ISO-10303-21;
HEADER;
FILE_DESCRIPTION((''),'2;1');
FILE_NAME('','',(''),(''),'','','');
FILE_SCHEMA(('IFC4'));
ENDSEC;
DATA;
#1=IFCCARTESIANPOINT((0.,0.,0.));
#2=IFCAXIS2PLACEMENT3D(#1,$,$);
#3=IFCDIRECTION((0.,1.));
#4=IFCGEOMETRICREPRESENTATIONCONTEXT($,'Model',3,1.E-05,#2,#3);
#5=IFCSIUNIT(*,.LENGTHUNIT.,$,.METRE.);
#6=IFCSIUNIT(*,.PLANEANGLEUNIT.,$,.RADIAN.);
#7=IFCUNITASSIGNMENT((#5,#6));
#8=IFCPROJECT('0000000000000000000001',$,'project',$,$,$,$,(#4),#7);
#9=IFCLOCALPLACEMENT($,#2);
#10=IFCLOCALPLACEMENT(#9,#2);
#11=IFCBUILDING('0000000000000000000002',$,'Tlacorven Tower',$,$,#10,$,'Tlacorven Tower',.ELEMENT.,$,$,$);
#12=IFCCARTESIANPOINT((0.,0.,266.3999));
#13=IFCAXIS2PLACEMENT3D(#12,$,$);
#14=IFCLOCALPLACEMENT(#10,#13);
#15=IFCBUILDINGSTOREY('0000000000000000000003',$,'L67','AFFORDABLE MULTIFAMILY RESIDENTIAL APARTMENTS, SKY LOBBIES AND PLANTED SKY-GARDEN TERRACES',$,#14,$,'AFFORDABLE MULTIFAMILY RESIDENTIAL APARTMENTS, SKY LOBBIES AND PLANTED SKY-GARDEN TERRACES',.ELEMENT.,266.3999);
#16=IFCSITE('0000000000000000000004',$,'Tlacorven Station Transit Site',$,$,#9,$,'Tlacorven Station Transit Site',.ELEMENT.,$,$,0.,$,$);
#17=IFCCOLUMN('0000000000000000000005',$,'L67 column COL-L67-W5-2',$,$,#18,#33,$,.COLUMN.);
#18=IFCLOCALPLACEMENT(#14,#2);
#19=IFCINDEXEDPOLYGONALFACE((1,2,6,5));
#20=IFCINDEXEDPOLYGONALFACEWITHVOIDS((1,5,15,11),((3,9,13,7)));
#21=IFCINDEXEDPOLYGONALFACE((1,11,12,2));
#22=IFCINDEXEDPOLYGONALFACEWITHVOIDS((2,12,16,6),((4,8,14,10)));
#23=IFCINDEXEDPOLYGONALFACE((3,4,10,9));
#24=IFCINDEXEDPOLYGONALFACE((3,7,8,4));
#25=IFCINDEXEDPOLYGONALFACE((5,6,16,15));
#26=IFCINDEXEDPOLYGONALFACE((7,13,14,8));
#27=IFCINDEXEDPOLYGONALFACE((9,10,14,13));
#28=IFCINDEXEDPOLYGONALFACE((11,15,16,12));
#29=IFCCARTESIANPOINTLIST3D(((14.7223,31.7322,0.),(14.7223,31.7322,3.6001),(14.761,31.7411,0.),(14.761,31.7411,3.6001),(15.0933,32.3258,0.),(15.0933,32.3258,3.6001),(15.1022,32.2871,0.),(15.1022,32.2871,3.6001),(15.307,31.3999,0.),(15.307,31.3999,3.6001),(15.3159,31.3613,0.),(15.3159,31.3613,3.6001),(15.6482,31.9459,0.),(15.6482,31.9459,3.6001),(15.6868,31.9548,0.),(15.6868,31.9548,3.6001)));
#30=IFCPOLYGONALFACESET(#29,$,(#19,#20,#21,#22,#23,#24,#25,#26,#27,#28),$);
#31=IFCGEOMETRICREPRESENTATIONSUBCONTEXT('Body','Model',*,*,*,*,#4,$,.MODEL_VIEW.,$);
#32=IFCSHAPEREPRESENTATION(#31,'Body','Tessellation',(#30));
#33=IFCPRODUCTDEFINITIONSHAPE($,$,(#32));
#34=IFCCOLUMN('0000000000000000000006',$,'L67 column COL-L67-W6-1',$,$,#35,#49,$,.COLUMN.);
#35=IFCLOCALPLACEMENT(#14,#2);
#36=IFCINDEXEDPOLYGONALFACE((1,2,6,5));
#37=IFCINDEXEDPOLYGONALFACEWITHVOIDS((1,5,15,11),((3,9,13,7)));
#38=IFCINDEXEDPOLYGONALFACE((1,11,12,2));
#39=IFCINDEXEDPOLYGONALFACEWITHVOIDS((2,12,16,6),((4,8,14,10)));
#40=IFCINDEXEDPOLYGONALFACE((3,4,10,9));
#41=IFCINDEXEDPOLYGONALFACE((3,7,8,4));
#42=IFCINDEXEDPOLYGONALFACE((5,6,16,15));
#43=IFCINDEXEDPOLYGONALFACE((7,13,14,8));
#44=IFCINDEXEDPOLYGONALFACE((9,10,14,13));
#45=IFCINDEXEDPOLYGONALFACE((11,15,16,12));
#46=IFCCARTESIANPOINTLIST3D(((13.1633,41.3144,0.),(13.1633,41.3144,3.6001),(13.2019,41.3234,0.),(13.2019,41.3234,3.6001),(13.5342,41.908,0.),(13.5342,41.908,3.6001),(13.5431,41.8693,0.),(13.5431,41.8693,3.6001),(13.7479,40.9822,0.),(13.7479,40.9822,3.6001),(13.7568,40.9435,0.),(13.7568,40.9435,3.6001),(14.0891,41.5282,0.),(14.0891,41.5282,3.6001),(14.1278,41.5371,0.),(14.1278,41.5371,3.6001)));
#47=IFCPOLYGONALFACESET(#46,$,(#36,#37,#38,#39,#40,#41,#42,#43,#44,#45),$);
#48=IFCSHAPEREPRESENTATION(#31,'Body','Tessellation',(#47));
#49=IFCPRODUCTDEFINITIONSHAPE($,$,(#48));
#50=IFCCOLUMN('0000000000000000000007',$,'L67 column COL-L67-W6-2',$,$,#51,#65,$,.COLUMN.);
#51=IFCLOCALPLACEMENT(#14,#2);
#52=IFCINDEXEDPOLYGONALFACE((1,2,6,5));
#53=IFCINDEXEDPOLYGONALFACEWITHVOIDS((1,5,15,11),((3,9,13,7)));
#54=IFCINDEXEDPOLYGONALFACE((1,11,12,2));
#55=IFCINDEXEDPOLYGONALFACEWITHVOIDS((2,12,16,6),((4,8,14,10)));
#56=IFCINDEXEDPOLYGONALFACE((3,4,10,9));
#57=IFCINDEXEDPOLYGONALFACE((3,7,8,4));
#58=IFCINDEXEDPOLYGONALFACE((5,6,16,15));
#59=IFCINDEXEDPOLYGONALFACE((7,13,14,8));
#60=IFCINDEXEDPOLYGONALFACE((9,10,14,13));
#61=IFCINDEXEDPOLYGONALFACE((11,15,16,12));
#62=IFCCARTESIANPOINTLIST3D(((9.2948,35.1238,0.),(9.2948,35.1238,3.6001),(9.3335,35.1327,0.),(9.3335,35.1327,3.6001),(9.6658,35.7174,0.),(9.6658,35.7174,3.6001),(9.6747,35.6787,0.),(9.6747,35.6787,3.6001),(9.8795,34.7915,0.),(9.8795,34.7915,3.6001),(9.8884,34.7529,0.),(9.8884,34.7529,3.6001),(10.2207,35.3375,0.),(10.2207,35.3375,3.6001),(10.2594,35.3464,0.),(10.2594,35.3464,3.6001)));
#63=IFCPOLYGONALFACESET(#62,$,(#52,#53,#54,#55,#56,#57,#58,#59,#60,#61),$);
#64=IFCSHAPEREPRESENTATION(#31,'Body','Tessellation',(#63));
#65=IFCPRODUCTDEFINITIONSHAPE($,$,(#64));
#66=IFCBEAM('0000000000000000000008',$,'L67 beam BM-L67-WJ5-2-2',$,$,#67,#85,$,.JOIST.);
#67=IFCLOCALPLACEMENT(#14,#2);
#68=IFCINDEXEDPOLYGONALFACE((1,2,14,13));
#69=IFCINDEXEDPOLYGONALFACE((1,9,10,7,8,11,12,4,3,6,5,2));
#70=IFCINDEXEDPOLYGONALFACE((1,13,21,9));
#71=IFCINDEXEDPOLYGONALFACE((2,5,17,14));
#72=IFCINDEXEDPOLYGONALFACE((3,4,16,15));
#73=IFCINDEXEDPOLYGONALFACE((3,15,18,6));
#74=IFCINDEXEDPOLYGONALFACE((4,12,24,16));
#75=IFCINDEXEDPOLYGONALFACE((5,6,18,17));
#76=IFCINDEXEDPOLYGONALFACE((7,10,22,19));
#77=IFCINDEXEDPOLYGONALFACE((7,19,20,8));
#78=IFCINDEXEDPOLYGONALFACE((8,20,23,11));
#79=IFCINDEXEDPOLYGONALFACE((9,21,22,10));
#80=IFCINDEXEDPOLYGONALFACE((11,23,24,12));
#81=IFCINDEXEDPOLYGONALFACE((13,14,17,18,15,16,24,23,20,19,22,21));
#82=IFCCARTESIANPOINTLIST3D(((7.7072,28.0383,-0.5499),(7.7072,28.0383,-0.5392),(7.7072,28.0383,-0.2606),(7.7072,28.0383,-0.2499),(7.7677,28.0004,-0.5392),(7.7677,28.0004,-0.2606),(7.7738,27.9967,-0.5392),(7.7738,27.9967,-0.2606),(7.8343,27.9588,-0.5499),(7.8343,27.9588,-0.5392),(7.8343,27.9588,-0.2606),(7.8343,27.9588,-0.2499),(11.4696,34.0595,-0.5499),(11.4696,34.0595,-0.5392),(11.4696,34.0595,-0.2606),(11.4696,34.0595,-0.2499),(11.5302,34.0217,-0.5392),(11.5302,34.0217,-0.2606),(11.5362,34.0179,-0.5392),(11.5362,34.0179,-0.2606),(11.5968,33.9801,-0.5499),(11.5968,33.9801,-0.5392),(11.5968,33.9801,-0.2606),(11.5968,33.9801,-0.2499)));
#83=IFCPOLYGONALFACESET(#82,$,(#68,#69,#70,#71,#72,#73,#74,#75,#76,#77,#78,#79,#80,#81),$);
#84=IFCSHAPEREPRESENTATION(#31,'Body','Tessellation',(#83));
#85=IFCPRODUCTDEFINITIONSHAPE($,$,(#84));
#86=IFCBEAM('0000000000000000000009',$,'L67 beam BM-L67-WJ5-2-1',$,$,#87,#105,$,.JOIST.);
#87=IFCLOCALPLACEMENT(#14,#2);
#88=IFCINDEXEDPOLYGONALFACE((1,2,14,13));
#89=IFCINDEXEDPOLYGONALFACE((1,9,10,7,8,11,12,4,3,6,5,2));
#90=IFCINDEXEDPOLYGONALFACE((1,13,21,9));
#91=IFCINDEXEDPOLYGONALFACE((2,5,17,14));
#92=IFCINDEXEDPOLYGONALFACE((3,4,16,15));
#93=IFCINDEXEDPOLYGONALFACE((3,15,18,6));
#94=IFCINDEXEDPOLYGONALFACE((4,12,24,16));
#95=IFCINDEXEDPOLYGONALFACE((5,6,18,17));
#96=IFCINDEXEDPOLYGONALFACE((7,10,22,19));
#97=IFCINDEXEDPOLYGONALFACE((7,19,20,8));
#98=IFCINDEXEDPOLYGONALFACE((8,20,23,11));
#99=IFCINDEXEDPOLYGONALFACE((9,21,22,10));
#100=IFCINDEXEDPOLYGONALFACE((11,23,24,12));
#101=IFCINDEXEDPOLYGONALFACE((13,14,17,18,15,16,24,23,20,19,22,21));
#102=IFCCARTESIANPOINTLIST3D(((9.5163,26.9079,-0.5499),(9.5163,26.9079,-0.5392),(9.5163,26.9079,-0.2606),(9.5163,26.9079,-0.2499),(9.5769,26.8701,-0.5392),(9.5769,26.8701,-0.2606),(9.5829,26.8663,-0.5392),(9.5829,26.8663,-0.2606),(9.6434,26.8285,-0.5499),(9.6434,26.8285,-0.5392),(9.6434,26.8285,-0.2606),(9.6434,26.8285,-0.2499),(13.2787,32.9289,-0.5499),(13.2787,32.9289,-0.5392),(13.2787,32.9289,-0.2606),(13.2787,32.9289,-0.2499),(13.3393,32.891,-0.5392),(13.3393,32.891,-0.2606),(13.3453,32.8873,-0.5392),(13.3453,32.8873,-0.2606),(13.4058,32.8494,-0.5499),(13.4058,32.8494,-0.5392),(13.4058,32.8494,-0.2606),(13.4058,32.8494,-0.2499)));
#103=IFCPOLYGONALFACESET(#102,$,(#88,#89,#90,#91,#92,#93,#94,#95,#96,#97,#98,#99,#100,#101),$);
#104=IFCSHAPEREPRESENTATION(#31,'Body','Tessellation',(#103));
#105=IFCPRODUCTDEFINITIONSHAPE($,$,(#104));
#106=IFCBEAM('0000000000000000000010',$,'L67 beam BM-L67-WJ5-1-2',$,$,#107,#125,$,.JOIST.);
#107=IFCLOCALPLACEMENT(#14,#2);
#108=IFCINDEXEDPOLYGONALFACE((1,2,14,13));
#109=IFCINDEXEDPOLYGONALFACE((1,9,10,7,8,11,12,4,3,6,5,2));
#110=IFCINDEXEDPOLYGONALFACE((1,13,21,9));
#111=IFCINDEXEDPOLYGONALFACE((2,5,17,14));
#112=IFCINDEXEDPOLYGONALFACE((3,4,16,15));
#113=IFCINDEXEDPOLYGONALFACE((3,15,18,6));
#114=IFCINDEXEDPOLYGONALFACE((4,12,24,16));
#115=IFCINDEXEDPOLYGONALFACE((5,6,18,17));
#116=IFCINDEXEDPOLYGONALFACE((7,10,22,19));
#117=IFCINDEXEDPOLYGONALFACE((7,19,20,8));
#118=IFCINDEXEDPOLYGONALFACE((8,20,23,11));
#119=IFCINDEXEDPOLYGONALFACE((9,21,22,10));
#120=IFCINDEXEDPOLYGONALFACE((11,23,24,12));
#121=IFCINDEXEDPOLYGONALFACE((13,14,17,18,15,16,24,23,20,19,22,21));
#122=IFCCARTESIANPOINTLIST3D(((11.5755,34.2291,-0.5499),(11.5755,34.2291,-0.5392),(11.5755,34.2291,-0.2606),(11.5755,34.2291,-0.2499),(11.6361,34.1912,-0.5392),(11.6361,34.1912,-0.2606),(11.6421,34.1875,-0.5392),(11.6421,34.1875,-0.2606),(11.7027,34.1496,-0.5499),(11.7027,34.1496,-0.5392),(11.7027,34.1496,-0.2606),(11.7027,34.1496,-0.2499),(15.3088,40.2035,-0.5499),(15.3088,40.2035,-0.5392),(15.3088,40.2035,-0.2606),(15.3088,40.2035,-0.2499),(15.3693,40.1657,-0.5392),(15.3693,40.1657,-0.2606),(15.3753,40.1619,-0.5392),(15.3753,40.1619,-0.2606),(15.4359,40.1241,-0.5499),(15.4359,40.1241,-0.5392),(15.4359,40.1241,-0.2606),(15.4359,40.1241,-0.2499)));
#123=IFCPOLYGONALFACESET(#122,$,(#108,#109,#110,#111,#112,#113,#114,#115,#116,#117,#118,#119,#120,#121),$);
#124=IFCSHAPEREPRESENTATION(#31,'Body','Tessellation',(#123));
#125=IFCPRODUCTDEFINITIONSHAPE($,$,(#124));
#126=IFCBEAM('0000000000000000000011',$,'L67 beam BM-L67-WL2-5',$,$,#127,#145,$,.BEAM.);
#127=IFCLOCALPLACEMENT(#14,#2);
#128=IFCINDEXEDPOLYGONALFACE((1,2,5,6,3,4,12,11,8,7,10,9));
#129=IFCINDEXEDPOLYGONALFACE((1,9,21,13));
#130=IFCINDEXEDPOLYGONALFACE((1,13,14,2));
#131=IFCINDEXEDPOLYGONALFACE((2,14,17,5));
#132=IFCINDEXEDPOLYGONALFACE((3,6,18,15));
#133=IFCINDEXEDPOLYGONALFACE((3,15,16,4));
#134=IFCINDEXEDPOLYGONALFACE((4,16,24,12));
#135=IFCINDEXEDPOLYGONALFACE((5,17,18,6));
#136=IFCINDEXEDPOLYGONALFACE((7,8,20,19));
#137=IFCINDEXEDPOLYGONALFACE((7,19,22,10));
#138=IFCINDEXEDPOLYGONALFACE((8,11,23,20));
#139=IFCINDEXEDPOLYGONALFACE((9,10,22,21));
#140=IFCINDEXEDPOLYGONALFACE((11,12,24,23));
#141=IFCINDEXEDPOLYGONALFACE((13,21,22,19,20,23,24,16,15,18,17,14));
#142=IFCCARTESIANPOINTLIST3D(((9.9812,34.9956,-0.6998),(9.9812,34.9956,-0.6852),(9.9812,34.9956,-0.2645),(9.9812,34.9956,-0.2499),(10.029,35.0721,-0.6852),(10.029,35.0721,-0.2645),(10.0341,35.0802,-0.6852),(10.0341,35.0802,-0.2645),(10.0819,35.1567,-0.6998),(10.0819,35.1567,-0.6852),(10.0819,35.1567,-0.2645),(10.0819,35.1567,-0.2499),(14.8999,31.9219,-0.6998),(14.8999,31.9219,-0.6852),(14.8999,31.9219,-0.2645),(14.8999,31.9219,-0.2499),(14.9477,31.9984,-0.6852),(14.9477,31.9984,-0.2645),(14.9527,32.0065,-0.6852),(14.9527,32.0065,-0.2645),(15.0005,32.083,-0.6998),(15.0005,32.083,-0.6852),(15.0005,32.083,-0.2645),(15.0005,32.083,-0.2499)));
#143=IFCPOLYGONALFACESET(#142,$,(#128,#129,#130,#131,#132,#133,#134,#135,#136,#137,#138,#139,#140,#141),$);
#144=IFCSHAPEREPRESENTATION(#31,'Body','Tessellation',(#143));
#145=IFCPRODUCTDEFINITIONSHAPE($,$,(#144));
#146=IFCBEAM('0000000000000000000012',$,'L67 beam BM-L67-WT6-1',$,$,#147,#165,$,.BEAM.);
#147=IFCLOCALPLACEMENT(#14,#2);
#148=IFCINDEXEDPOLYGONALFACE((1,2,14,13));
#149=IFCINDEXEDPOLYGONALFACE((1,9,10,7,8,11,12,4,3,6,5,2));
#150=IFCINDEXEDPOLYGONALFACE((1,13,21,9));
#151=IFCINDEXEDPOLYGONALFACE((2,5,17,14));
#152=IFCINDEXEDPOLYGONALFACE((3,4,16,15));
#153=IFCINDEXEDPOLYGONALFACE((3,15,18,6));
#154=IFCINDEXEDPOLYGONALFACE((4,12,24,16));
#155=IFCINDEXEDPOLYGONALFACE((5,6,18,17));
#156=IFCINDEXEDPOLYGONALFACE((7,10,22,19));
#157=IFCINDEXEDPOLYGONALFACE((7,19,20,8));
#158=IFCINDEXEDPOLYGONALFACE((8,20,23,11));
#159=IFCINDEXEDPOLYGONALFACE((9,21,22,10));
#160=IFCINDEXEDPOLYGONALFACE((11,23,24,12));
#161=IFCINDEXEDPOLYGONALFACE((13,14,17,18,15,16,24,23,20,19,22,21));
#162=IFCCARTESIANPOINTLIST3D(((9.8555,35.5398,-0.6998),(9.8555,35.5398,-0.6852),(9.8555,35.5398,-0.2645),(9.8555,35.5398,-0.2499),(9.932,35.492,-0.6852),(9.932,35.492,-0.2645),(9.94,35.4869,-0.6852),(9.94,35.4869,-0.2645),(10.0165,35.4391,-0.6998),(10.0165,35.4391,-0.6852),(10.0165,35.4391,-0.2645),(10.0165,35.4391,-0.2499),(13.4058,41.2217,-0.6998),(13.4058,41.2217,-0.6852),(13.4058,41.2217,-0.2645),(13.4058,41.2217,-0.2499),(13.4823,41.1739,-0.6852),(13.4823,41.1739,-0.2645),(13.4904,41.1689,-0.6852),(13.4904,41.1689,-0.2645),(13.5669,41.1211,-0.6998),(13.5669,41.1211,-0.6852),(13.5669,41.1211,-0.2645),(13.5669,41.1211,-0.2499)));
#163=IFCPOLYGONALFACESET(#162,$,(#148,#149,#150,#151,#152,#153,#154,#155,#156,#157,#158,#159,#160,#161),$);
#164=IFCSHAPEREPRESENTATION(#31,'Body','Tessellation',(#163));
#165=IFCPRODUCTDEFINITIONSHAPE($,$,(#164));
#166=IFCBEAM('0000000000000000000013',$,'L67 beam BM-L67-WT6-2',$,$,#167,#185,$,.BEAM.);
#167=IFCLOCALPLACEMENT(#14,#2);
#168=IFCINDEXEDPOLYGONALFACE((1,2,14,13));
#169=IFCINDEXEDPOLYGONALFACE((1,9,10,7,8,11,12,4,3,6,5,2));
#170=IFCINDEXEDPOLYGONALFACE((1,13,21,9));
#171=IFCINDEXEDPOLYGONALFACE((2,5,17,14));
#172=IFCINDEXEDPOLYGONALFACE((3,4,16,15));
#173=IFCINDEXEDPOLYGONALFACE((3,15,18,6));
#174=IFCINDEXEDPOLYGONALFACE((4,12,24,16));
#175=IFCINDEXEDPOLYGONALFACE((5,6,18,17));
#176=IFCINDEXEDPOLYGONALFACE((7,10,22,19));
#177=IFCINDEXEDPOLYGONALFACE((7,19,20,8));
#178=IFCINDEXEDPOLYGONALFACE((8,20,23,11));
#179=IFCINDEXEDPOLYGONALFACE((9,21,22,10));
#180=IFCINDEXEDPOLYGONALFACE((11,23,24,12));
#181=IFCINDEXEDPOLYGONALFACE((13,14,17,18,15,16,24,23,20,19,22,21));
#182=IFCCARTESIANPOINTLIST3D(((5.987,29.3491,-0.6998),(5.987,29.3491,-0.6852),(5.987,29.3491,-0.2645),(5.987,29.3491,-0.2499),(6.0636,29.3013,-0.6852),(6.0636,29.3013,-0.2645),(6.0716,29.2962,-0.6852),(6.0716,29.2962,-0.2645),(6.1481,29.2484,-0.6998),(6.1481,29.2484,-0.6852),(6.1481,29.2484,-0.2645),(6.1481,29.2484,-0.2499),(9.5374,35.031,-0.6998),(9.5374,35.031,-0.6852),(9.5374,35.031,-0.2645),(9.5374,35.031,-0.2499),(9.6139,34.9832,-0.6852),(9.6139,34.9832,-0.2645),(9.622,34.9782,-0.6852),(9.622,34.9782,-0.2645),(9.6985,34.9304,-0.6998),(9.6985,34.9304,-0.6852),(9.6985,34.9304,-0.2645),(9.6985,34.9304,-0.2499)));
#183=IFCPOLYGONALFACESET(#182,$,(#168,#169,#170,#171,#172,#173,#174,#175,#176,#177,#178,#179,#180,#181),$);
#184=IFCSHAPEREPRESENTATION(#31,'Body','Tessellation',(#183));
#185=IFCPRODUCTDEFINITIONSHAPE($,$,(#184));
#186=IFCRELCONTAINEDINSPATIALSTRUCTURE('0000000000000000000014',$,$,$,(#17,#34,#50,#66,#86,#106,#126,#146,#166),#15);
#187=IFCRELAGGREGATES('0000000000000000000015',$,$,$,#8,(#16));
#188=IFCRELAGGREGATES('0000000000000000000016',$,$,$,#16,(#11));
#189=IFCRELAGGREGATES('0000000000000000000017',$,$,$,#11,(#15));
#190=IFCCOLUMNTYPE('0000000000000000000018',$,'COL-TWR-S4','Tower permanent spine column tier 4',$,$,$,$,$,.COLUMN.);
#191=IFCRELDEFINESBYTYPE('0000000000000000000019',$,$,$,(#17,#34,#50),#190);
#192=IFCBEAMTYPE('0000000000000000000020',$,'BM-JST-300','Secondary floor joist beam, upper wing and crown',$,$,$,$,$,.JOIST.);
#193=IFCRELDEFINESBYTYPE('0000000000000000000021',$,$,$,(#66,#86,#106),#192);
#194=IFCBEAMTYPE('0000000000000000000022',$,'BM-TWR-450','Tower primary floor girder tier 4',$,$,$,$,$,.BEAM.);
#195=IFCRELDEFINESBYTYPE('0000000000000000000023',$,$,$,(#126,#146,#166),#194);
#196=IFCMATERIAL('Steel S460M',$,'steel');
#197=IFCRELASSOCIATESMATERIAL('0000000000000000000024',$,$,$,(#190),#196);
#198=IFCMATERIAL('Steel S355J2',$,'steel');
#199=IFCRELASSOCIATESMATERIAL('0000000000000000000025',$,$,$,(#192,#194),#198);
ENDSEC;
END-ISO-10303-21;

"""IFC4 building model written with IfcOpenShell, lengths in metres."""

from ifc_helpers import new_model, si_unit, direction, frame, origin, origin_2d, place, context, subcontext, project, spatial, hollow_rectangle, i_section, extrude, source, transform, mapped, material, material_profile, profile_set, type_object, element, save


model = new_model("IFC4")

# Units and contexts
model_context = context("Model", 3, precision=1e-05, world=origin(), true_north=direction((0.0, 1.0)))
body_context = subcontext(model_context, "Body", "Model", "MODEL_VIEW")
ifc_project = project(units=[si_unit("LENGTHUNIT", "METRE"), si_unit("PLANEANGLEUNIT", "RADIAN")], contexts=[model_context])

# Site, building, storey
site_placement = place(None, origin())
site = spatial("IfcSite", under=ifc_project, at=site_placement, Name="Tlacorven Station Transit Site", LongName="Tlacorven Station Transit Site", CompositionType="ELEMENT", RefElevation=0.0)
building_placement = place(site_placement, origin())
building = spatial("IfcBuilding", under=site, at=building_placement, Name="Tlacorven Tower", LongName="Tlacorven Tower", CompositionType="ELEMENT")
storey_placement = place(building_placement, frame((0.0, 0.0, 266.3999)))
storey = spatial("IfcBuildingStorey", under=building, at=storey_placement, Name="L67", Description="AFFORDABLE MULTIFAMILY RESIDENTIAL APARTMENTS, SKY LOBBIES AND PLANTED SKY-GARDEN TERRACES", LongName="AFFORDABLE MULTIFAMILY RESIDENTIAL APARTMENTS, SKY LOBBIES AND PLANTED SKY-GARDEN TERRACES", CompositionType="ELEMENT", Elevation=266.3999)

# Columns
ifc_material_1 = material(Name="Steel S460M", Category="steel")
ifc_material_profile_1 = material_profile(ifc_material_1, hollow_rectangle(XDim=0.7, YDim=0.7, WallThickness=0.0281, at=origin_2d()), Name="BOX 700X700X28")
ifc_profile_set_1 = profile_set([ifc_material_profile_1], Name="Steel S460M")
column_type = type_object("IfcColumnType", Name="COL-TWR-S4", Description="Tower permanent spine column tier 4", PredefinedType="COLUMN", material=ifc_profile_set_1)
shared_shape_1 = source(origin(), body_context, "Body", "SweptSolid", [
    extrude(hollow_rectangle(XDim=0.7, YDim=0.7, WallThickness=0.0281, at=origin_2d()), origin(), (0.0, 0.0, 1.0), 3.6001),
])
for number, where, z_axis, x_axis, name in (
    (1, (15.2046, 31.8435, 0.0), (0.0, 0.0, 1.0), (-0.848048, 0.529919, 0.0), "L67 column COL-L67-W5-2"),
    (2, (13.6455, 41.4258, 0.0), (0.0, 0.0, 1.0), (-0.848048, 0.529919, 0.0), "L67 column COL-L67-W6-1"),
    (3, (9.7771, 35.2351, 0.0), (0.0, 0.0, 1.0), (-0.848048, 0.529919, 0.0), "L67 column COL-L67-W6-2"),
):
    element("IfcColumn", number, at=place(storey_placement, frame(where, z_axis=z_axis, x_axis=x_axis)), inside=storey, type_object=column_type, Name=name, PredefinedType="COLUMN", context=body_context, shape_type="MappedRepresentation", body=[
        mapped(shared_shape_1, transform((0.0, 0.0, 0.0), scale=1.0)),
    ])

# Beams
ifc_material_2 = material(Name="Steel S355J2", Category="steel")
ifc_material_profile_2 = material_profile(ifc_material_2, i_section(OverallWidth=0.1499, OverallDepth=0.3, WebThickness=0.0071, FlangeThickness=0.0107, at=origin_2d()), Name="IPE 300")
ifc_profile_set_2 = profile_set([ifc_material_profile_2], Name="Steel S355J2")
beam_type_1 = type_object("IfcBeamType", Name="BM-JST-300", Description="Secondary floor joist beam, upper wing and crown", PredefinedType="JOIST", material=ifc_profile_set_2)
shared_shape_2 = source(origin(), body_context, "Body", "SweptSolid", [
    extrude(i_section(OverallWidth=0.1499, OverallDepth=0.3, WebThickness=0.0071, FlangeThickness=0.0107, at=origin_2d()), origin(), (0.0, 0.0, 1.0), 7.1001),
])
beam_1_placement = place(storey_placement, frame((11.5332, 34.0198, -0.3999), z_axis=(-0.529915, -0.84805, 0.0), x_axis=(0.84805, -0.529915, 0.0)))
element("IfcBeam", 4, at=beam_1_placement, inside=storey, type_object=beam_type_1, Name="L67 beam BM-L67-WJ5-2-2", PredefinedType="JOIST", context=body_context, shape_type="MappedRepresentation", body=[
    mapped(shared_shape_2, transform((0.0, 0.0, 0.0), scale=1.0)),
])
shared_shape_3 = source(origin(), body_context, "Body", "SweptSolid", [
    extrude(i_section(OverallWidth=0.1499, OverallDepth=0.3, WebThickness=0.0071, FlangeThickness=0.0107, at=origin_2d()), origin(), (0.0, 0.0, 1.0), 7.0999),
])
beam_2_placement = place(storey_placement, frame((13.3423, 32.8892, -0.3999), z_axis=(-0.529931, -0.848041, 0.0), x_axis=(0.848041, -0.529931, 0.0)))
element("IfcBeam", 5, at=beam_2_placement, inside=storey, type_object=beam_type_1, Name="L67 beam BM-L67-WJ5-2-1", PredefinedType="JOIST", context=body_context, shape_type="MappedRepresentation", body=[
    mapped(shared_shape_3, transform((0.0, 0.0, 0.0), scale=1.0)),
])
shared_shape_4 = source(origin(), body_context, "Body", "SweptSolid", [
    extrude(i_section(OverallWidth=0.1499, OverallDepth=0.3, WebThickness=0.0071, FlangeThickness=0.0107, at=origin_2d()), origin(), (0.0, 0.0, 1.0), 7.0449),
])
beam_3_placement = place(storey_placement, frame((15.3723, 40.1638, -0.3999), z_axis=(-0.529915, -0.848051, 0.0), x_axis=(0.848051, -0.529915, 0.0)))
element("IfcBeam", 6, at=beam_3_placement, inside=storey, type_object=beam_type_1, Name="L67 beam BM-L67-WJ5-1-2", PredefinedType="JOIST", context=body_context, shape_type="MappedRepresentation", body=[
    mapped(shared_shape_4, transform((0.0, 0.0, 0.0), scale=1.0)),
])
ifc_material_profile_3 = material_profile(ifc_material_2, i_section(OverallWidth=0.1899, OverallDepth=0.45, WebThickness=0.0095, FlangeThickness=0.0146, at=origin_2d()), Name="IPE 450")
ifc_profile_set_3 = profile_set([ifc_material_profile_3], Name="Steel S355J2")
beam_type_2 = type_object("IfcBeamType", Name="BM-TWR-450", Description="Tower primary floor girder tier 4", PredefinedType="BEAM", material=ifc_profile_set_3)
shared_shape_5 = source(origin(), body_context, "Body", "SweptSolid", [
    extrude(i_section(OverallWidth=0.1899, OverallDepth=0.45, WebThickness=0.0095, FlangeThickness=0.0146, at=origin_2d()), origin(), (0.0, 0.0, 1.0), 5.8),
])
beam_4_placement = place(storey_placement, frame((14.9502, 32.0024, -0.4749), z_axis=(-0.848034, 0.529942, 0.0), x_axis=(-0.529942, -0.848034, 0.0)))
element("IfcBeam", 7, at=beam_4_placement, inside=storey, type_object=beam_type_2, Name="L67 beam BM-L67-WL2-5", PredefinedType="BEAM", context=body_context, shape_type="MappedRepresentation", body=[
    mapped(shared_shape_5, transform((0.0, 0.0, 0.0), scale=1.0)),
])
shared_shape_6 = source(origin(), body_context, "Body", "SweptSolid", [
    extrude(i_section(OverallWidth=0.1899, OverallDepth=0.45, WebThickness=0.0095, FlangeThickness=0.0146, at=origin_2d()), origin(), (0.0, 0.0, 1.0), 6.7),
])
for number, where, z_axis, x_axis, name in (
    (8, (13.4863, 41.1714, -0.4749), (-0.529904, -0.848058, 0.0), (0.848058, -0.529904, 0.0), "L67 beam BM-L67-WT6-1"),
    (9, (9.6179, 34.9807, -0.4749), (-0.529904, -0.848058, 0.0), (0.848058, -0.529904, 0.0), "L67 beam BM-L67-WT6-2"),
):
    element("IfcBeam", number, at=place(storey_placement, frame(where, z_axis=z_axis, x_axis=x_axis)), inside=storey, type_object=beam_type_2, Name=name, PredefinedType="BEAM", context=body_context, shape_type="MappedRepresentation", body=[
        mapped(shared_shape_6, transform((0.0, 0.0, 0.0), scale=1.0)),
    ])

save(model, "model.ifc")
